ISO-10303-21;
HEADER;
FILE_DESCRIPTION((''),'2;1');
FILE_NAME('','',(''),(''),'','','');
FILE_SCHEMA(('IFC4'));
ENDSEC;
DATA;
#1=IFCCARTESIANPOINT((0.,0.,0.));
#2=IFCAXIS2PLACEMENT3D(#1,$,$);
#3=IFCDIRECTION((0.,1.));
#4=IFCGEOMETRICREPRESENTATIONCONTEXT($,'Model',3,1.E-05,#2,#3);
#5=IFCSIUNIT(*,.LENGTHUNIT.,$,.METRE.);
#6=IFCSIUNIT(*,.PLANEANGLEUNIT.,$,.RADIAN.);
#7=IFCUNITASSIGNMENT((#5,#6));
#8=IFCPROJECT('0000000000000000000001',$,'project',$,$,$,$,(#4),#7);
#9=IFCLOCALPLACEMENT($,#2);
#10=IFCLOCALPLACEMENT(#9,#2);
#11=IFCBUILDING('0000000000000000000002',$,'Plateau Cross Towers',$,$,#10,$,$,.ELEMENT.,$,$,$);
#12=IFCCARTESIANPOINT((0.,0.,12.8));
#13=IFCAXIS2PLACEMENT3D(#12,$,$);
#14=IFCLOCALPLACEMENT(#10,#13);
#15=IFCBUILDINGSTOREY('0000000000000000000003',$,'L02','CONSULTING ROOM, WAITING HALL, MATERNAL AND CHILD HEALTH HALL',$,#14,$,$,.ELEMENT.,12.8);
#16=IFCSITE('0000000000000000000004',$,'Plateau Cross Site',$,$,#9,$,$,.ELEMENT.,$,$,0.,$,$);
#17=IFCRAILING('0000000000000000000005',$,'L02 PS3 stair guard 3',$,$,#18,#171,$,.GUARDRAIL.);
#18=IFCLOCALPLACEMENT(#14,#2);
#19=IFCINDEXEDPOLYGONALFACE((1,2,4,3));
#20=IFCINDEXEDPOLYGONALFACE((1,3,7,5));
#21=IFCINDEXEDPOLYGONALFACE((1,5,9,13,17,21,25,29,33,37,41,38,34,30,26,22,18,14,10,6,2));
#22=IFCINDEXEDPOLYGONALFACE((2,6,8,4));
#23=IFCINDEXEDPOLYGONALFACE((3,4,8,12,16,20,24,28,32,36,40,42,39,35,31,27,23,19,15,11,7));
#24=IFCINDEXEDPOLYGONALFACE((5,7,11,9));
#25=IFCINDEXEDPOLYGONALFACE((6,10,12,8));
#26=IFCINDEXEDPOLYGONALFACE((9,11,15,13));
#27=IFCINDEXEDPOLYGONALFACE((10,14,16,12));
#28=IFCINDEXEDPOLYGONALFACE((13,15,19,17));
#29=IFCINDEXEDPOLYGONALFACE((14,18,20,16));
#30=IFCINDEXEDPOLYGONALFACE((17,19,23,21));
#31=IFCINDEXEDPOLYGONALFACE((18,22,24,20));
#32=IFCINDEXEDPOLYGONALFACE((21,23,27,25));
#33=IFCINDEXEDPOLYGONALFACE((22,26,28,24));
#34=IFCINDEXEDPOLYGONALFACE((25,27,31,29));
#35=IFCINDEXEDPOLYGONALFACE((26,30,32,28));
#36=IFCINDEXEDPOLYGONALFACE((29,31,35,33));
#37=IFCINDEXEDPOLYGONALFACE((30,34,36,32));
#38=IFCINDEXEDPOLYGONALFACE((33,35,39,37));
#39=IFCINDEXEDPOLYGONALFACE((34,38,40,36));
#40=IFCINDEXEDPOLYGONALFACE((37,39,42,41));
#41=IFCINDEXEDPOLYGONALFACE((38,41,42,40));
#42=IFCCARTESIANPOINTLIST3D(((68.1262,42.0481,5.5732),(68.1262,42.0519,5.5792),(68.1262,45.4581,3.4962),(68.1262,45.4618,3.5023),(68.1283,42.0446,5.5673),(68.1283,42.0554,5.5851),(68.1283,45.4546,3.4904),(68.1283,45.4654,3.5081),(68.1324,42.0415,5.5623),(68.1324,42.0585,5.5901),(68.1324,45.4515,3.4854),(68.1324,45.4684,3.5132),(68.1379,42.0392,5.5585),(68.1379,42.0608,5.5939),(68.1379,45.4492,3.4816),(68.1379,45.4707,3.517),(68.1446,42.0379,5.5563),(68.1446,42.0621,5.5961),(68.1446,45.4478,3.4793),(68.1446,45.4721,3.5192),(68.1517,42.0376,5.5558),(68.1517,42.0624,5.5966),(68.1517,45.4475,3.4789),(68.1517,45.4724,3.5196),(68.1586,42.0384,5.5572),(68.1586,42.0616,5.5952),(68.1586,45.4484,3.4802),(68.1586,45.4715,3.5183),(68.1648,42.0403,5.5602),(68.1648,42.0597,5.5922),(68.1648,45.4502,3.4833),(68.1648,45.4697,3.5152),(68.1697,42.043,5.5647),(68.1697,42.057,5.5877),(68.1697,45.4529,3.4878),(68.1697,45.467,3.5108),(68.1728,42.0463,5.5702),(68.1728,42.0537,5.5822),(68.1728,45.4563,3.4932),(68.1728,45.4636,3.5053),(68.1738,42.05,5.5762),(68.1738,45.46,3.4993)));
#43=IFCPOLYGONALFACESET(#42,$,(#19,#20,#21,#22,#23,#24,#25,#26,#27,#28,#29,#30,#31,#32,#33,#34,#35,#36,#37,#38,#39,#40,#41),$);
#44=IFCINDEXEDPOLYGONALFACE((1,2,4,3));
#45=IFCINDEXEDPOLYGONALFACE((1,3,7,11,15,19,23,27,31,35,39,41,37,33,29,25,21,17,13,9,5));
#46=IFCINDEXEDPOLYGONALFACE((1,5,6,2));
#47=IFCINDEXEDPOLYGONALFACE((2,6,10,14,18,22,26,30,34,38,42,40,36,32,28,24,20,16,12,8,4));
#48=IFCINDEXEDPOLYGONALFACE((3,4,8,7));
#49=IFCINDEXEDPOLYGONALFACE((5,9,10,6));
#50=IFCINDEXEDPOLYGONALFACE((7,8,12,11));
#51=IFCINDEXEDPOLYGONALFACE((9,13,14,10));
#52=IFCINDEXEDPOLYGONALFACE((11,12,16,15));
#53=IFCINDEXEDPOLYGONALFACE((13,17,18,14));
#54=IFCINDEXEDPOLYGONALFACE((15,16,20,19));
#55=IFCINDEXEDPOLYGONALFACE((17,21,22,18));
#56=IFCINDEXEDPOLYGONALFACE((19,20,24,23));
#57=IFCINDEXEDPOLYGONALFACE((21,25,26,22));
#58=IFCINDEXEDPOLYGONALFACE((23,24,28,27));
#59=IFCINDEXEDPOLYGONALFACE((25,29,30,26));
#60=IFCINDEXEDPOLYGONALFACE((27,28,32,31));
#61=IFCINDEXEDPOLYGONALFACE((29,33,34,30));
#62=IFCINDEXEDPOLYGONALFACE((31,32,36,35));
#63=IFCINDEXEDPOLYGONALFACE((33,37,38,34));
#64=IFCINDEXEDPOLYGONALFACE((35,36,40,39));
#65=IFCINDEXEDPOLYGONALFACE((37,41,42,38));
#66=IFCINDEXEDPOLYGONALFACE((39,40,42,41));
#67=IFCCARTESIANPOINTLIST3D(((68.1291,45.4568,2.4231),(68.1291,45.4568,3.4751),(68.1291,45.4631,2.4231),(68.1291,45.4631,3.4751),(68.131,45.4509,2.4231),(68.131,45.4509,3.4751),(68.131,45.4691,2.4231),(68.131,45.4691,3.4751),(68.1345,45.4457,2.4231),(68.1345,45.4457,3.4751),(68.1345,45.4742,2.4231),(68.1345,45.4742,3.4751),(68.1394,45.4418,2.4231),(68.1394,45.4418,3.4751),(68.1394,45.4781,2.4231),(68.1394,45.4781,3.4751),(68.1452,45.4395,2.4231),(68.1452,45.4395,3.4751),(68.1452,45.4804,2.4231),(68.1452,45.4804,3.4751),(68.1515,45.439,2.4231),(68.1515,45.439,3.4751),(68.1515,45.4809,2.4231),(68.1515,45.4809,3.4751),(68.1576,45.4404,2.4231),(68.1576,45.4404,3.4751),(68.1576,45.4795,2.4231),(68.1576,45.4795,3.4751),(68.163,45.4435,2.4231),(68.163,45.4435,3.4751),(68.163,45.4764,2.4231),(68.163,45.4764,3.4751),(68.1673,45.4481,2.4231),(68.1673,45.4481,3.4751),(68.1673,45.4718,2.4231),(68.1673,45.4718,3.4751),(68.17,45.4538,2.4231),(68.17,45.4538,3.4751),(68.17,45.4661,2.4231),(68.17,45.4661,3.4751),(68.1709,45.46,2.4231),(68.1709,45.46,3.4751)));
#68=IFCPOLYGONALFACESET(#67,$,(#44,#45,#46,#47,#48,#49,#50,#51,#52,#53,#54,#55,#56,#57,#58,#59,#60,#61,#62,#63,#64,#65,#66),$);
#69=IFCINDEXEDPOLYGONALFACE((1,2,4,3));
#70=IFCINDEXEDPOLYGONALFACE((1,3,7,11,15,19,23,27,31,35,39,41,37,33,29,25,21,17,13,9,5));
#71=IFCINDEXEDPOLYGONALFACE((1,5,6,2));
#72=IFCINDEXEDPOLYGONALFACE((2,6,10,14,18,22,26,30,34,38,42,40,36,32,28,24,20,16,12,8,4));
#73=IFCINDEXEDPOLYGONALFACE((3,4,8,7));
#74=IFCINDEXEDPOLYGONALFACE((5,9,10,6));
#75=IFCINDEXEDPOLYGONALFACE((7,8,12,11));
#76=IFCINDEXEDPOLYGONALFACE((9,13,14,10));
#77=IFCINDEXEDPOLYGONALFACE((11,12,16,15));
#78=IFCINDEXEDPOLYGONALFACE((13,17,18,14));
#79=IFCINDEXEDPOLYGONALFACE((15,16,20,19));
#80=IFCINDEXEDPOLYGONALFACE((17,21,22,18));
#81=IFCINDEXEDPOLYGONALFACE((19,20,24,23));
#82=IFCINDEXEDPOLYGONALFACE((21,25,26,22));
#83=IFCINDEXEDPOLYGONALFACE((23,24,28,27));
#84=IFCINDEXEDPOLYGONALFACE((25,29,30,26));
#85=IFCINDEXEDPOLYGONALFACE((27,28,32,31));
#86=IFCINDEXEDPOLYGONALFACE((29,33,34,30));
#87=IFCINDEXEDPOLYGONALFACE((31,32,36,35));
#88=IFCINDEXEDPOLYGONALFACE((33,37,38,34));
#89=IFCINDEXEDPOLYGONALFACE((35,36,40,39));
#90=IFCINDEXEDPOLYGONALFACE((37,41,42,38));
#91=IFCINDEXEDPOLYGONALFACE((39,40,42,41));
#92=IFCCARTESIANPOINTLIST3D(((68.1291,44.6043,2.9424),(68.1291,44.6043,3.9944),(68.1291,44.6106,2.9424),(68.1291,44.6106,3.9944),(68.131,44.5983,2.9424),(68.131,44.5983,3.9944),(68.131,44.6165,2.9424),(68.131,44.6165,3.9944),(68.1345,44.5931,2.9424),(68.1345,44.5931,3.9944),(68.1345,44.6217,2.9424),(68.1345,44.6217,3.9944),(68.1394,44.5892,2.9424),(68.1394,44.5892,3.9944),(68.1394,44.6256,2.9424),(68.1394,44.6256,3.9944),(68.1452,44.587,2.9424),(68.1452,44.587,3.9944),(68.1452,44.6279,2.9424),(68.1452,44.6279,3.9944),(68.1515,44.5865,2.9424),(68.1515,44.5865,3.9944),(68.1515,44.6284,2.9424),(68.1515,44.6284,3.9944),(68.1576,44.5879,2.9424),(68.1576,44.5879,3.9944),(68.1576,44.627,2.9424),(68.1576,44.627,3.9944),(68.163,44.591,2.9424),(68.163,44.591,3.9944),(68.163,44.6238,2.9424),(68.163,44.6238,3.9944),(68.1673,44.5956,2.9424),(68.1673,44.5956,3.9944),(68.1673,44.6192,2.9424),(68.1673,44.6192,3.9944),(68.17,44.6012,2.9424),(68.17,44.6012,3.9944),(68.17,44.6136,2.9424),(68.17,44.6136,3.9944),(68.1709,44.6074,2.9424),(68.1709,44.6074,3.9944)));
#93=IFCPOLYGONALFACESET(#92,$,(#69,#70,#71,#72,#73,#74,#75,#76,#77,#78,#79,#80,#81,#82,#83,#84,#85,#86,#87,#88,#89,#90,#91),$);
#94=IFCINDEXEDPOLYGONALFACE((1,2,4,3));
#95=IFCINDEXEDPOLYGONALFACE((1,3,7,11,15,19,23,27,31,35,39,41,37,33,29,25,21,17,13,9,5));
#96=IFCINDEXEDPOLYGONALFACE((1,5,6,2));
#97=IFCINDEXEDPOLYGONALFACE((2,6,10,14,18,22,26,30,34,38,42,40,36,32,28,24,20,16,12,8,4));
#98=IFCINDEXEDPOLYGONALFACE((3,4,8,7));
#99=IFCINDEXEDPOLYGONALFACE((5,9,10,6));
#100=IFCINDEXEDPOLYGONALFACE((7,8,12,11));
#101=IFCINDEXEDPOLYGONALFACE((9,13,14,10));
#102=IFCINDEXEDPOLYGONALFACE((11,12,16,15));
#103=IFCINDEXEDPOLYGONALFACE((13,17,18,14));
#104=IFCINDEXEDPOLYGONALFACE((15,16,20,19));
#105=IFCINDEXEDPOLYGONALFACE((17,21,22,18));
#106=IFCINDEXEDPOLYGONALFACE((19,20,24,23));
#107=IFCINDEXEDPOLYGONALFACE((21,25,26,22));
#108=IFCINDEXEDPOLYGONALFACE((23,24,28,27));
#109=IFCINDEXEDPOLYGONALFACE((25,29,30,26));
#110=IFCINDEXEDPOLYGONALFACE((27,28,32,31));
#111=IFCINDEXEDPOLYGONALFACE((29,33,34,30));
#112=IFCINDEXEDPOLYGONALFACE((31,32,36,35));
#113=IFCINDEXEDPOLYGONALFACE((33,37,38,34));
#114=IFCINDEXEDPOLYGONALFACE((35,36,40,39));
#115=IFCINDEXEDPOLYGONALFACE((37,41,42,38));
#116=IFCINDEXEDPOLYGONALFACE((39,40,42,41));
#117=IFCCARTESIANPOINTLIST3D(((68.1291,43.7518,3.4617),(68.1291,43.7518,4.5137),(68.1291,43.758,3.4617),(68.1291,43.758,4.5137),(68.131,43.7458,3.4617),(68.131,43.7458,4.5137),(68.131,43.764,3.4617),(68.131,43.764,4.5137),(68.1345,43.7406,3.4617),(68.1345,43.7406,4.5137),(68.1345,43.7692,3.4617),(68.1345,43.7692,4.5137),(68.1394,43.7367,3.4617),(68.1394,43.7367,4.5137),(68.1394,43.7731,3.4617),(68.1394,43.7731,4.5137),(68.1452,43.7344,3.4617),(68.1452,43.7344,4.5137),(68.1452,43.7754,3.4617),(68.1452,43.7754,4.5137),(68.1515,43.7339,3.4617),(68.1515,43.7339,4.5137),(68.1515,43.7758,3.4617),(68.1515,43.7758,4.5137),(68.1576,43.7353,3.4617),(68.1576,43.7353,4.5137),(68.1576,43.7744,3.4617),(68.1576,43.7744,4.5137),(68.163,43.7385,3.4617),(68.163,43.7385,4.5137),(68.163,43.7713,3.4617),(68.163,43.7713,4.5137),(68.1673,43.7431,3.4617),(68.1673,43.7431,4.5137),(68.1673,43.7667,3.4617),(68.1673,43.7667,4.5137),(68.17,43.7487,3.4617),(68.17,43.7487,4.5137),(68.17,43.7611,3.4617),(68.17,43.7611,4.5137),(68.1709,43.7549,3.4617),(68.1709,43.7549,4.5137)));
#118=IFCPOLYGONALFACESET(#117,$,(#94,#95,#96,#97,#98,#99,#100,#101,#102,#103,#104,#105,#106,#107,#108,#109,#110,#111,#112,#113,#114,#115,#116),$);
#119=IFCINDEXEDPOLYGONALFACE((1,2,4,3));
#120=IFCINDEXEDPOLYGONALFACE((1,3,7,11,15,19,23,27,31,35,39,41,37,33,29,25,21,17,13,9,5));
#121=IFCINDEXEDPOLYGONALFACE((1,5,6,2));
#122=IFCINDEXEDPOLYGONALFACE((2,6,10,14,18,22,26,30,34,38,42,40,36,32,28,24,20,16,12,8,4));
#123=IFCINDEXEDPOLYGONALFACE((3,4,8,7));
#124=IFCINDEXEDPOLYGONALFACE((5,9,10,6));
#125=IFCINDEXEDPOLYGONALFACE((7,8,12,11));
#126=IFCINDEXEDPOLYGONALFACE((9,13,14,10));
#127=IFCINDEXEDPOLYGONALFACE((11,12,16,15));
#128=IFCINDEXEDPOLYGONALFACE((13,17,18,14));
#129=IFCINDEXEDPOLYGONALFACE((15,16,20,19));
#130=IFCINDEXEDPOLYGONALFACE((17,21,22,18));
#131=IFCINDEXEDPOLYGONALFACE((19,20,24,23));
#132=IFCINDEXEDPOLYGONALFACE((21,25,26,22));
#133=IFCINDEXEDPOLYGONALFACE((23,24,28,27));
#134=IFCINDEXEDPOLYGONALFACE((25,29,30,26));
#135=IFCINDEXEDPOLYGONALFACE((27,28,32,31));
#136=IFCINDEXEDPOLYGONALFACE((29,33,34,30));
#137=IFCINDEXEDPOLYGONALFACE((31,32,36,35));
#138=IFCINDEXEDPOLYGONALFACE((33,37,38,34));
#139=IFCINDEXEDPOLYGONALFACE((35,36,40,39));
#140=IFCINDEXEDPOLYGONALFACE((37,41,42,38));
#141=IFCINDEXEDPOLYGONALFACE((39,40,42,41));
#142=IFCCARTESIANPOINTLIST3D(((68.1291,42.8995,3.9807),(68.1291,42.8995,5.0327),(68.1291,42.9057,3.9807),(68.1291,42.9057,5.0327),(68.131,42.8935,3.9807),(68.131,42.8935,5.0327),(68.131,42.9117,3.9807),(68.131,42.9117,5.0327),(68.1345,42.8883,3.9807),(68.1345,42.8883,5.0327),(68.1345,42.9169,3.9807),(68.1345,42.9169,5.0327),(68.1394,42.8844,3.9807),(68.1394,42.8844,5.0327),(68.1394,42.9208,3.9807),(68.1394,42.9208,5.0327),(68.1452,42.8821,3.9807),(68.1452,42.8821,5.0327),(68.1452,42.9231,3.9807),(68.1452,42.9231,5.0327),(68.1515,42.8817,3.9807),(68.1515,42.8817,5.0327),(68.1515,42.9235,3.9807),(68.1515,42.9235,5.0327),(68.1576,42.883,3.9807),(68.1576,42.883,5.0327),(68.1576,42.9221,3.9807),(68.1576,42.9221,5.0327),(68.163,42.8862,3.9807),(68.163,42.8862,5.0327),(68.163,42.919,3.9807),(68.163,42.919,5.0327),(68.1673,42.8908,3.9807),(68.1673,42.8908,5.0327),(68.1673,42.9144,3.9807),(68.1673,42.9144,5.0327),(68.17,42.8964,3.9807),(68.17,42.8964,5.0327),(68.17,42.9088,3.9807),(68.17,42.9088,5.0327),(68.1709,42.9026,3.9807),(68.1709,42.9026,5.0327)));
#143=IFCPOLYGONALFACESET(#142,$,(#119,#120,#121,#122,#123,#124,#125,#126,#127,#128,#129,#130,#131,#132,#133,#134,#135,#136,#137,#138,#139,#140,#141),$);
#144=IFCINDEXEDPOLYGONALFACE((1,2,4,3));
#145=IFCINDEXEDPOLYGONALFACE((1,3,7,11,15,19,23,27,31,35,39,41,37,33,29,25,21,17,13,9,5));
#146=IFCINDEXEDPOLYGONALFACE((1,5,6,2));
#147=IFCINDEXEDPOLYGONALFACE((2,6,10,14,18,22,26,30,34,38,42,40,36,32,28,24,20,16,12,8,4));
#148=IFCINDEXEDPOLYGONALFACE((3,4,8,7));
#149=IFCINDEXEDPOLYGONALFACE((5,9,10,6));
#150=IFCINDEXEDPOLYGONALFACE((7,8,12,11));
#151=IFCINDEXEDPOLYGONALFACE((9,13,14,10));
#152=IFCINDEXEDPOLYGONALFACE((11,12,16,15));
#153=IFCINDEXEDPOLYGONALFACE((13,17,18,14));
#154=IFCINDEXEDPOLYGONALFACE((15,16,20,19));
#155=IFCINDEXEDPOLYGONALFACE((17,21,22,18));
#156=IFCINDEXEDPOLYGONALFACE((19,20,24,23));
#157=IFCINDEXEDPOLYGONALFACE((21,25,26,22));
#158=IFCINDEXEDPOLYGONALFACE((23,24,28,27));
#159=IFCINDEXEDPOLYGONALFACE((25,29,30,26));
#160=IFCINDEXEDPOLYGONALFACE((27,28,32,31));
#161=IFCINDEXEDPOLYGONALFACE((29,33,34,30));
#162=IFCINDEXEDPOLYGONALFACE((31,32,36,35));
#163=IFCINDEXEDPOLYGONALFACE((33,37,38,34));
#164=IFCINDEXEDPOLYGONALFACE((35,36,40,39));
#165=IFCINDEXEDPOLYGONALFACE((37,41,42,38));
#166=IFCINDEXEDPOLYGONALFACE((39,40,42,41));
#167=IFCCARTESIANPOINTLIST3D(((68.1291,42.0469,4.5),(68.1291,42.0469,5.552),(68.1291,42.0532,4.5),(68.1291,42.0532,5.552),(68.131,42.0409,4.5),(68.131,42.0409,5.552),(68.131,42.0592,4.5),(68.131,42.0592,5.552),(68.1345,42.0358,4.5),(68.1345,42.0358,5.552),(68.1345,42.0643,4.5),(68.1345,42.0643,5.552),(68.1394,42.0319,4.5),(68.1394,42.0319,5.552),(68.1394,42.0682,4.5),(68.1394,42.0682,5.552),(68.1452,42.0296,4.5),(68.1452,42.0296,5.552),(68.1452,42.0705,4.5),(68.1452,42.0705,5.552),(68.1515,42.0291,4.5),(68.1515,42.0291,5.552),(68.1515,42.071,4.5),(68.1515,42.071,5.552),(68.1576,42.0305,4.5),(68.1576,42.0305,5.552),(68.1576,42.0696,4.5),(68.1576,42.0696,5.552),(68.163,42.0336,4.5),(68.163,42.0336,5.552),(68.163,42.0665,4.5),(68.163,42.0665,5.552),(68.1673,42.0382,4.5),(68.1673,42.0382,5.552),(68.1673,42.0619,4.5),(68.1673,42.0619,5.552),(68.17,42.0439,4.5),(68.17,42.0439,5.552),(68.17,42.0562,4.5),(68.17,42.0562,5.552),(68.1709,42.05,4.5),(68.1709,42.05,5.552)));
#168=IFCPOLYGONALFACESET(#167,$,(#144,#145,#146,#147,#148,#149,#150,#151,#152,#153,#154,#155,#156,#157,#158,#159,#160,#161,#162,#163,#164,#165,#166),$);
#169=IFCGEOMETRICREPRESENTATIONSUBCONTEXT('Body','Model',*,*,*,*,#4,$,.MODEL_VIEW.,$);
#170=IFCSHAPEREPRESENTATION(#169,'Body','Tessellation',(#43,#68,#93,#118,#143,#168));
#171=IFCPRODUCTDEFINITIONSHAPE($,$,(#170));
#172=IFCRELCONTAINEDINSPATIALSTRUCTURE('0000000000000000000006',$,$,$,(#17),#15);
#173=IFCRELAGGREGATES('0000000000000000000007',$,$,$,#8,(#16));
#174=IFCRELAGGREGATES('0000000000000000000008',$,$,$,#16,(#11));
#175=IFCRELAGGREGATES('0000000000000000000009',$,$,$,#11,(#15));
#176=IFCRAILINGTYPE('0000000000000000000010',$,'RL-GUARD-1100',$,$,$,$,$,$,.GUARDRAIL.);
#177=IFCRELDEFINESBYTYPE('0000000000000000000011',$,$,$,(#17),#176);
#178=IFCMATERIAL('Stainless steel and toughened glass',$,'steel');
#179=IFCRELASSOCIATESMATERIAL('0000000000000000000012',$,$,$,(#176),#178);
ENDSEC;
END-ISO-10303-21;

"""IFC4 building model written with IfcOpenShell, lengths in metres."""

from ifc_helpers import new_model, si_unit, direction, frame, origin, origin_2d, place, context, subcontext, project, spatial, circle, extrude, material, type_object, element, save


model = new_model("IFC4")

# Units and contexts
model_context = context("Model", 3, precision=1e-05, world=origin(), true_north=direction((0.0, 1.0)))
body_context = subcontext(model_context, "Body", "Model", "MODEL_VIEW")
ifc_project = project(units=[si_unit("LENGTHUNIT", "METRE"), si_unit("PLANEANGLEUNIT", "RADIAN")], contexts=[model_context])

# Site, building, storey
site_placement = place(None, origin())
site = spatial("IfcSite", under=ifc_project, at=site_placement, Name="Plateau Cross Site", CompositionType="ELEMENT", RefElevation=0.0)
building_placement = place(site_placement, origin())
building = spatial("IfcBuilding", under=site, at=building_placement, Name="Plateau Cross Towers", CompositionType="ELEMENT")
storey_placement = place(building_placement, frame((0.0, 0.0, 12.8)))
storey = spatial("IfcBuildingStorey", under=building, at=storey_placement, Name="L02", Description="CONSULTING ROOM, WAITING HALL, MATERNAL AND CHILD HEALTH HALL", CompositionType="ELEMENT", Elevation=12.8)

# Railing
ifc_material_1 = material(Name="Stainless steel and toughened glass", Category="steel")
railing_type_1 = type_object("IfcRailingType", Name="RL-GUARD-1100", PredefinedType="GUARDRAIL", material=ifc_material_1)
railing_1_placement = place(storey_placement, frame((68.1499, 45.46, 2.4231)))
element("IfcRailing", 1, at=railing_1_placement, inside=storey, type_object=railing_type_1, Name="L02 PS3 stair guard 3", PredefinedType="GUARDRAIL", context=body_context, shape_type="SweptSolid", body=[
    extrude(circle(Radius=0.0239, at=origin_2d()), frame((0.0, 0.0, 1.0762), z_axis=(0.0, -0.854053, 0.520186), x_axis=(1.0, 0.0, 0.0)), (0.0, 0.0, 1.0), 3.9927),
    extrude(circle(Radius=0.021, at=origin_2d()), origin(), (0.0, 0.0, 1.0), 1.052),
    extrude(circle(Radius=0.021, at=origin_2d()), frame((0.0, -0.8525, 0.5193)), (0.0, 0.0, 1.0), 1.052),
    extrude(circle(Radius=0.021, at=origin_2d()), frame((0.0, -1.7051, 1.0386)), (0.0, 0.0, 1.0), 1.052),
    extrude(circle(Radius=0.021, at=origin_2d()), frame((0.0, -2.5574, 1.5576)), (0.0, 0.0, 1.0), 1.052),
    extrude(circle(Radius=0.021, at=origin_2d()), frame((0.0, -3.4099, 2.0769)), (0.0, 0.0, 1.0), 1.052),
])

save(model, "model.ifc")
